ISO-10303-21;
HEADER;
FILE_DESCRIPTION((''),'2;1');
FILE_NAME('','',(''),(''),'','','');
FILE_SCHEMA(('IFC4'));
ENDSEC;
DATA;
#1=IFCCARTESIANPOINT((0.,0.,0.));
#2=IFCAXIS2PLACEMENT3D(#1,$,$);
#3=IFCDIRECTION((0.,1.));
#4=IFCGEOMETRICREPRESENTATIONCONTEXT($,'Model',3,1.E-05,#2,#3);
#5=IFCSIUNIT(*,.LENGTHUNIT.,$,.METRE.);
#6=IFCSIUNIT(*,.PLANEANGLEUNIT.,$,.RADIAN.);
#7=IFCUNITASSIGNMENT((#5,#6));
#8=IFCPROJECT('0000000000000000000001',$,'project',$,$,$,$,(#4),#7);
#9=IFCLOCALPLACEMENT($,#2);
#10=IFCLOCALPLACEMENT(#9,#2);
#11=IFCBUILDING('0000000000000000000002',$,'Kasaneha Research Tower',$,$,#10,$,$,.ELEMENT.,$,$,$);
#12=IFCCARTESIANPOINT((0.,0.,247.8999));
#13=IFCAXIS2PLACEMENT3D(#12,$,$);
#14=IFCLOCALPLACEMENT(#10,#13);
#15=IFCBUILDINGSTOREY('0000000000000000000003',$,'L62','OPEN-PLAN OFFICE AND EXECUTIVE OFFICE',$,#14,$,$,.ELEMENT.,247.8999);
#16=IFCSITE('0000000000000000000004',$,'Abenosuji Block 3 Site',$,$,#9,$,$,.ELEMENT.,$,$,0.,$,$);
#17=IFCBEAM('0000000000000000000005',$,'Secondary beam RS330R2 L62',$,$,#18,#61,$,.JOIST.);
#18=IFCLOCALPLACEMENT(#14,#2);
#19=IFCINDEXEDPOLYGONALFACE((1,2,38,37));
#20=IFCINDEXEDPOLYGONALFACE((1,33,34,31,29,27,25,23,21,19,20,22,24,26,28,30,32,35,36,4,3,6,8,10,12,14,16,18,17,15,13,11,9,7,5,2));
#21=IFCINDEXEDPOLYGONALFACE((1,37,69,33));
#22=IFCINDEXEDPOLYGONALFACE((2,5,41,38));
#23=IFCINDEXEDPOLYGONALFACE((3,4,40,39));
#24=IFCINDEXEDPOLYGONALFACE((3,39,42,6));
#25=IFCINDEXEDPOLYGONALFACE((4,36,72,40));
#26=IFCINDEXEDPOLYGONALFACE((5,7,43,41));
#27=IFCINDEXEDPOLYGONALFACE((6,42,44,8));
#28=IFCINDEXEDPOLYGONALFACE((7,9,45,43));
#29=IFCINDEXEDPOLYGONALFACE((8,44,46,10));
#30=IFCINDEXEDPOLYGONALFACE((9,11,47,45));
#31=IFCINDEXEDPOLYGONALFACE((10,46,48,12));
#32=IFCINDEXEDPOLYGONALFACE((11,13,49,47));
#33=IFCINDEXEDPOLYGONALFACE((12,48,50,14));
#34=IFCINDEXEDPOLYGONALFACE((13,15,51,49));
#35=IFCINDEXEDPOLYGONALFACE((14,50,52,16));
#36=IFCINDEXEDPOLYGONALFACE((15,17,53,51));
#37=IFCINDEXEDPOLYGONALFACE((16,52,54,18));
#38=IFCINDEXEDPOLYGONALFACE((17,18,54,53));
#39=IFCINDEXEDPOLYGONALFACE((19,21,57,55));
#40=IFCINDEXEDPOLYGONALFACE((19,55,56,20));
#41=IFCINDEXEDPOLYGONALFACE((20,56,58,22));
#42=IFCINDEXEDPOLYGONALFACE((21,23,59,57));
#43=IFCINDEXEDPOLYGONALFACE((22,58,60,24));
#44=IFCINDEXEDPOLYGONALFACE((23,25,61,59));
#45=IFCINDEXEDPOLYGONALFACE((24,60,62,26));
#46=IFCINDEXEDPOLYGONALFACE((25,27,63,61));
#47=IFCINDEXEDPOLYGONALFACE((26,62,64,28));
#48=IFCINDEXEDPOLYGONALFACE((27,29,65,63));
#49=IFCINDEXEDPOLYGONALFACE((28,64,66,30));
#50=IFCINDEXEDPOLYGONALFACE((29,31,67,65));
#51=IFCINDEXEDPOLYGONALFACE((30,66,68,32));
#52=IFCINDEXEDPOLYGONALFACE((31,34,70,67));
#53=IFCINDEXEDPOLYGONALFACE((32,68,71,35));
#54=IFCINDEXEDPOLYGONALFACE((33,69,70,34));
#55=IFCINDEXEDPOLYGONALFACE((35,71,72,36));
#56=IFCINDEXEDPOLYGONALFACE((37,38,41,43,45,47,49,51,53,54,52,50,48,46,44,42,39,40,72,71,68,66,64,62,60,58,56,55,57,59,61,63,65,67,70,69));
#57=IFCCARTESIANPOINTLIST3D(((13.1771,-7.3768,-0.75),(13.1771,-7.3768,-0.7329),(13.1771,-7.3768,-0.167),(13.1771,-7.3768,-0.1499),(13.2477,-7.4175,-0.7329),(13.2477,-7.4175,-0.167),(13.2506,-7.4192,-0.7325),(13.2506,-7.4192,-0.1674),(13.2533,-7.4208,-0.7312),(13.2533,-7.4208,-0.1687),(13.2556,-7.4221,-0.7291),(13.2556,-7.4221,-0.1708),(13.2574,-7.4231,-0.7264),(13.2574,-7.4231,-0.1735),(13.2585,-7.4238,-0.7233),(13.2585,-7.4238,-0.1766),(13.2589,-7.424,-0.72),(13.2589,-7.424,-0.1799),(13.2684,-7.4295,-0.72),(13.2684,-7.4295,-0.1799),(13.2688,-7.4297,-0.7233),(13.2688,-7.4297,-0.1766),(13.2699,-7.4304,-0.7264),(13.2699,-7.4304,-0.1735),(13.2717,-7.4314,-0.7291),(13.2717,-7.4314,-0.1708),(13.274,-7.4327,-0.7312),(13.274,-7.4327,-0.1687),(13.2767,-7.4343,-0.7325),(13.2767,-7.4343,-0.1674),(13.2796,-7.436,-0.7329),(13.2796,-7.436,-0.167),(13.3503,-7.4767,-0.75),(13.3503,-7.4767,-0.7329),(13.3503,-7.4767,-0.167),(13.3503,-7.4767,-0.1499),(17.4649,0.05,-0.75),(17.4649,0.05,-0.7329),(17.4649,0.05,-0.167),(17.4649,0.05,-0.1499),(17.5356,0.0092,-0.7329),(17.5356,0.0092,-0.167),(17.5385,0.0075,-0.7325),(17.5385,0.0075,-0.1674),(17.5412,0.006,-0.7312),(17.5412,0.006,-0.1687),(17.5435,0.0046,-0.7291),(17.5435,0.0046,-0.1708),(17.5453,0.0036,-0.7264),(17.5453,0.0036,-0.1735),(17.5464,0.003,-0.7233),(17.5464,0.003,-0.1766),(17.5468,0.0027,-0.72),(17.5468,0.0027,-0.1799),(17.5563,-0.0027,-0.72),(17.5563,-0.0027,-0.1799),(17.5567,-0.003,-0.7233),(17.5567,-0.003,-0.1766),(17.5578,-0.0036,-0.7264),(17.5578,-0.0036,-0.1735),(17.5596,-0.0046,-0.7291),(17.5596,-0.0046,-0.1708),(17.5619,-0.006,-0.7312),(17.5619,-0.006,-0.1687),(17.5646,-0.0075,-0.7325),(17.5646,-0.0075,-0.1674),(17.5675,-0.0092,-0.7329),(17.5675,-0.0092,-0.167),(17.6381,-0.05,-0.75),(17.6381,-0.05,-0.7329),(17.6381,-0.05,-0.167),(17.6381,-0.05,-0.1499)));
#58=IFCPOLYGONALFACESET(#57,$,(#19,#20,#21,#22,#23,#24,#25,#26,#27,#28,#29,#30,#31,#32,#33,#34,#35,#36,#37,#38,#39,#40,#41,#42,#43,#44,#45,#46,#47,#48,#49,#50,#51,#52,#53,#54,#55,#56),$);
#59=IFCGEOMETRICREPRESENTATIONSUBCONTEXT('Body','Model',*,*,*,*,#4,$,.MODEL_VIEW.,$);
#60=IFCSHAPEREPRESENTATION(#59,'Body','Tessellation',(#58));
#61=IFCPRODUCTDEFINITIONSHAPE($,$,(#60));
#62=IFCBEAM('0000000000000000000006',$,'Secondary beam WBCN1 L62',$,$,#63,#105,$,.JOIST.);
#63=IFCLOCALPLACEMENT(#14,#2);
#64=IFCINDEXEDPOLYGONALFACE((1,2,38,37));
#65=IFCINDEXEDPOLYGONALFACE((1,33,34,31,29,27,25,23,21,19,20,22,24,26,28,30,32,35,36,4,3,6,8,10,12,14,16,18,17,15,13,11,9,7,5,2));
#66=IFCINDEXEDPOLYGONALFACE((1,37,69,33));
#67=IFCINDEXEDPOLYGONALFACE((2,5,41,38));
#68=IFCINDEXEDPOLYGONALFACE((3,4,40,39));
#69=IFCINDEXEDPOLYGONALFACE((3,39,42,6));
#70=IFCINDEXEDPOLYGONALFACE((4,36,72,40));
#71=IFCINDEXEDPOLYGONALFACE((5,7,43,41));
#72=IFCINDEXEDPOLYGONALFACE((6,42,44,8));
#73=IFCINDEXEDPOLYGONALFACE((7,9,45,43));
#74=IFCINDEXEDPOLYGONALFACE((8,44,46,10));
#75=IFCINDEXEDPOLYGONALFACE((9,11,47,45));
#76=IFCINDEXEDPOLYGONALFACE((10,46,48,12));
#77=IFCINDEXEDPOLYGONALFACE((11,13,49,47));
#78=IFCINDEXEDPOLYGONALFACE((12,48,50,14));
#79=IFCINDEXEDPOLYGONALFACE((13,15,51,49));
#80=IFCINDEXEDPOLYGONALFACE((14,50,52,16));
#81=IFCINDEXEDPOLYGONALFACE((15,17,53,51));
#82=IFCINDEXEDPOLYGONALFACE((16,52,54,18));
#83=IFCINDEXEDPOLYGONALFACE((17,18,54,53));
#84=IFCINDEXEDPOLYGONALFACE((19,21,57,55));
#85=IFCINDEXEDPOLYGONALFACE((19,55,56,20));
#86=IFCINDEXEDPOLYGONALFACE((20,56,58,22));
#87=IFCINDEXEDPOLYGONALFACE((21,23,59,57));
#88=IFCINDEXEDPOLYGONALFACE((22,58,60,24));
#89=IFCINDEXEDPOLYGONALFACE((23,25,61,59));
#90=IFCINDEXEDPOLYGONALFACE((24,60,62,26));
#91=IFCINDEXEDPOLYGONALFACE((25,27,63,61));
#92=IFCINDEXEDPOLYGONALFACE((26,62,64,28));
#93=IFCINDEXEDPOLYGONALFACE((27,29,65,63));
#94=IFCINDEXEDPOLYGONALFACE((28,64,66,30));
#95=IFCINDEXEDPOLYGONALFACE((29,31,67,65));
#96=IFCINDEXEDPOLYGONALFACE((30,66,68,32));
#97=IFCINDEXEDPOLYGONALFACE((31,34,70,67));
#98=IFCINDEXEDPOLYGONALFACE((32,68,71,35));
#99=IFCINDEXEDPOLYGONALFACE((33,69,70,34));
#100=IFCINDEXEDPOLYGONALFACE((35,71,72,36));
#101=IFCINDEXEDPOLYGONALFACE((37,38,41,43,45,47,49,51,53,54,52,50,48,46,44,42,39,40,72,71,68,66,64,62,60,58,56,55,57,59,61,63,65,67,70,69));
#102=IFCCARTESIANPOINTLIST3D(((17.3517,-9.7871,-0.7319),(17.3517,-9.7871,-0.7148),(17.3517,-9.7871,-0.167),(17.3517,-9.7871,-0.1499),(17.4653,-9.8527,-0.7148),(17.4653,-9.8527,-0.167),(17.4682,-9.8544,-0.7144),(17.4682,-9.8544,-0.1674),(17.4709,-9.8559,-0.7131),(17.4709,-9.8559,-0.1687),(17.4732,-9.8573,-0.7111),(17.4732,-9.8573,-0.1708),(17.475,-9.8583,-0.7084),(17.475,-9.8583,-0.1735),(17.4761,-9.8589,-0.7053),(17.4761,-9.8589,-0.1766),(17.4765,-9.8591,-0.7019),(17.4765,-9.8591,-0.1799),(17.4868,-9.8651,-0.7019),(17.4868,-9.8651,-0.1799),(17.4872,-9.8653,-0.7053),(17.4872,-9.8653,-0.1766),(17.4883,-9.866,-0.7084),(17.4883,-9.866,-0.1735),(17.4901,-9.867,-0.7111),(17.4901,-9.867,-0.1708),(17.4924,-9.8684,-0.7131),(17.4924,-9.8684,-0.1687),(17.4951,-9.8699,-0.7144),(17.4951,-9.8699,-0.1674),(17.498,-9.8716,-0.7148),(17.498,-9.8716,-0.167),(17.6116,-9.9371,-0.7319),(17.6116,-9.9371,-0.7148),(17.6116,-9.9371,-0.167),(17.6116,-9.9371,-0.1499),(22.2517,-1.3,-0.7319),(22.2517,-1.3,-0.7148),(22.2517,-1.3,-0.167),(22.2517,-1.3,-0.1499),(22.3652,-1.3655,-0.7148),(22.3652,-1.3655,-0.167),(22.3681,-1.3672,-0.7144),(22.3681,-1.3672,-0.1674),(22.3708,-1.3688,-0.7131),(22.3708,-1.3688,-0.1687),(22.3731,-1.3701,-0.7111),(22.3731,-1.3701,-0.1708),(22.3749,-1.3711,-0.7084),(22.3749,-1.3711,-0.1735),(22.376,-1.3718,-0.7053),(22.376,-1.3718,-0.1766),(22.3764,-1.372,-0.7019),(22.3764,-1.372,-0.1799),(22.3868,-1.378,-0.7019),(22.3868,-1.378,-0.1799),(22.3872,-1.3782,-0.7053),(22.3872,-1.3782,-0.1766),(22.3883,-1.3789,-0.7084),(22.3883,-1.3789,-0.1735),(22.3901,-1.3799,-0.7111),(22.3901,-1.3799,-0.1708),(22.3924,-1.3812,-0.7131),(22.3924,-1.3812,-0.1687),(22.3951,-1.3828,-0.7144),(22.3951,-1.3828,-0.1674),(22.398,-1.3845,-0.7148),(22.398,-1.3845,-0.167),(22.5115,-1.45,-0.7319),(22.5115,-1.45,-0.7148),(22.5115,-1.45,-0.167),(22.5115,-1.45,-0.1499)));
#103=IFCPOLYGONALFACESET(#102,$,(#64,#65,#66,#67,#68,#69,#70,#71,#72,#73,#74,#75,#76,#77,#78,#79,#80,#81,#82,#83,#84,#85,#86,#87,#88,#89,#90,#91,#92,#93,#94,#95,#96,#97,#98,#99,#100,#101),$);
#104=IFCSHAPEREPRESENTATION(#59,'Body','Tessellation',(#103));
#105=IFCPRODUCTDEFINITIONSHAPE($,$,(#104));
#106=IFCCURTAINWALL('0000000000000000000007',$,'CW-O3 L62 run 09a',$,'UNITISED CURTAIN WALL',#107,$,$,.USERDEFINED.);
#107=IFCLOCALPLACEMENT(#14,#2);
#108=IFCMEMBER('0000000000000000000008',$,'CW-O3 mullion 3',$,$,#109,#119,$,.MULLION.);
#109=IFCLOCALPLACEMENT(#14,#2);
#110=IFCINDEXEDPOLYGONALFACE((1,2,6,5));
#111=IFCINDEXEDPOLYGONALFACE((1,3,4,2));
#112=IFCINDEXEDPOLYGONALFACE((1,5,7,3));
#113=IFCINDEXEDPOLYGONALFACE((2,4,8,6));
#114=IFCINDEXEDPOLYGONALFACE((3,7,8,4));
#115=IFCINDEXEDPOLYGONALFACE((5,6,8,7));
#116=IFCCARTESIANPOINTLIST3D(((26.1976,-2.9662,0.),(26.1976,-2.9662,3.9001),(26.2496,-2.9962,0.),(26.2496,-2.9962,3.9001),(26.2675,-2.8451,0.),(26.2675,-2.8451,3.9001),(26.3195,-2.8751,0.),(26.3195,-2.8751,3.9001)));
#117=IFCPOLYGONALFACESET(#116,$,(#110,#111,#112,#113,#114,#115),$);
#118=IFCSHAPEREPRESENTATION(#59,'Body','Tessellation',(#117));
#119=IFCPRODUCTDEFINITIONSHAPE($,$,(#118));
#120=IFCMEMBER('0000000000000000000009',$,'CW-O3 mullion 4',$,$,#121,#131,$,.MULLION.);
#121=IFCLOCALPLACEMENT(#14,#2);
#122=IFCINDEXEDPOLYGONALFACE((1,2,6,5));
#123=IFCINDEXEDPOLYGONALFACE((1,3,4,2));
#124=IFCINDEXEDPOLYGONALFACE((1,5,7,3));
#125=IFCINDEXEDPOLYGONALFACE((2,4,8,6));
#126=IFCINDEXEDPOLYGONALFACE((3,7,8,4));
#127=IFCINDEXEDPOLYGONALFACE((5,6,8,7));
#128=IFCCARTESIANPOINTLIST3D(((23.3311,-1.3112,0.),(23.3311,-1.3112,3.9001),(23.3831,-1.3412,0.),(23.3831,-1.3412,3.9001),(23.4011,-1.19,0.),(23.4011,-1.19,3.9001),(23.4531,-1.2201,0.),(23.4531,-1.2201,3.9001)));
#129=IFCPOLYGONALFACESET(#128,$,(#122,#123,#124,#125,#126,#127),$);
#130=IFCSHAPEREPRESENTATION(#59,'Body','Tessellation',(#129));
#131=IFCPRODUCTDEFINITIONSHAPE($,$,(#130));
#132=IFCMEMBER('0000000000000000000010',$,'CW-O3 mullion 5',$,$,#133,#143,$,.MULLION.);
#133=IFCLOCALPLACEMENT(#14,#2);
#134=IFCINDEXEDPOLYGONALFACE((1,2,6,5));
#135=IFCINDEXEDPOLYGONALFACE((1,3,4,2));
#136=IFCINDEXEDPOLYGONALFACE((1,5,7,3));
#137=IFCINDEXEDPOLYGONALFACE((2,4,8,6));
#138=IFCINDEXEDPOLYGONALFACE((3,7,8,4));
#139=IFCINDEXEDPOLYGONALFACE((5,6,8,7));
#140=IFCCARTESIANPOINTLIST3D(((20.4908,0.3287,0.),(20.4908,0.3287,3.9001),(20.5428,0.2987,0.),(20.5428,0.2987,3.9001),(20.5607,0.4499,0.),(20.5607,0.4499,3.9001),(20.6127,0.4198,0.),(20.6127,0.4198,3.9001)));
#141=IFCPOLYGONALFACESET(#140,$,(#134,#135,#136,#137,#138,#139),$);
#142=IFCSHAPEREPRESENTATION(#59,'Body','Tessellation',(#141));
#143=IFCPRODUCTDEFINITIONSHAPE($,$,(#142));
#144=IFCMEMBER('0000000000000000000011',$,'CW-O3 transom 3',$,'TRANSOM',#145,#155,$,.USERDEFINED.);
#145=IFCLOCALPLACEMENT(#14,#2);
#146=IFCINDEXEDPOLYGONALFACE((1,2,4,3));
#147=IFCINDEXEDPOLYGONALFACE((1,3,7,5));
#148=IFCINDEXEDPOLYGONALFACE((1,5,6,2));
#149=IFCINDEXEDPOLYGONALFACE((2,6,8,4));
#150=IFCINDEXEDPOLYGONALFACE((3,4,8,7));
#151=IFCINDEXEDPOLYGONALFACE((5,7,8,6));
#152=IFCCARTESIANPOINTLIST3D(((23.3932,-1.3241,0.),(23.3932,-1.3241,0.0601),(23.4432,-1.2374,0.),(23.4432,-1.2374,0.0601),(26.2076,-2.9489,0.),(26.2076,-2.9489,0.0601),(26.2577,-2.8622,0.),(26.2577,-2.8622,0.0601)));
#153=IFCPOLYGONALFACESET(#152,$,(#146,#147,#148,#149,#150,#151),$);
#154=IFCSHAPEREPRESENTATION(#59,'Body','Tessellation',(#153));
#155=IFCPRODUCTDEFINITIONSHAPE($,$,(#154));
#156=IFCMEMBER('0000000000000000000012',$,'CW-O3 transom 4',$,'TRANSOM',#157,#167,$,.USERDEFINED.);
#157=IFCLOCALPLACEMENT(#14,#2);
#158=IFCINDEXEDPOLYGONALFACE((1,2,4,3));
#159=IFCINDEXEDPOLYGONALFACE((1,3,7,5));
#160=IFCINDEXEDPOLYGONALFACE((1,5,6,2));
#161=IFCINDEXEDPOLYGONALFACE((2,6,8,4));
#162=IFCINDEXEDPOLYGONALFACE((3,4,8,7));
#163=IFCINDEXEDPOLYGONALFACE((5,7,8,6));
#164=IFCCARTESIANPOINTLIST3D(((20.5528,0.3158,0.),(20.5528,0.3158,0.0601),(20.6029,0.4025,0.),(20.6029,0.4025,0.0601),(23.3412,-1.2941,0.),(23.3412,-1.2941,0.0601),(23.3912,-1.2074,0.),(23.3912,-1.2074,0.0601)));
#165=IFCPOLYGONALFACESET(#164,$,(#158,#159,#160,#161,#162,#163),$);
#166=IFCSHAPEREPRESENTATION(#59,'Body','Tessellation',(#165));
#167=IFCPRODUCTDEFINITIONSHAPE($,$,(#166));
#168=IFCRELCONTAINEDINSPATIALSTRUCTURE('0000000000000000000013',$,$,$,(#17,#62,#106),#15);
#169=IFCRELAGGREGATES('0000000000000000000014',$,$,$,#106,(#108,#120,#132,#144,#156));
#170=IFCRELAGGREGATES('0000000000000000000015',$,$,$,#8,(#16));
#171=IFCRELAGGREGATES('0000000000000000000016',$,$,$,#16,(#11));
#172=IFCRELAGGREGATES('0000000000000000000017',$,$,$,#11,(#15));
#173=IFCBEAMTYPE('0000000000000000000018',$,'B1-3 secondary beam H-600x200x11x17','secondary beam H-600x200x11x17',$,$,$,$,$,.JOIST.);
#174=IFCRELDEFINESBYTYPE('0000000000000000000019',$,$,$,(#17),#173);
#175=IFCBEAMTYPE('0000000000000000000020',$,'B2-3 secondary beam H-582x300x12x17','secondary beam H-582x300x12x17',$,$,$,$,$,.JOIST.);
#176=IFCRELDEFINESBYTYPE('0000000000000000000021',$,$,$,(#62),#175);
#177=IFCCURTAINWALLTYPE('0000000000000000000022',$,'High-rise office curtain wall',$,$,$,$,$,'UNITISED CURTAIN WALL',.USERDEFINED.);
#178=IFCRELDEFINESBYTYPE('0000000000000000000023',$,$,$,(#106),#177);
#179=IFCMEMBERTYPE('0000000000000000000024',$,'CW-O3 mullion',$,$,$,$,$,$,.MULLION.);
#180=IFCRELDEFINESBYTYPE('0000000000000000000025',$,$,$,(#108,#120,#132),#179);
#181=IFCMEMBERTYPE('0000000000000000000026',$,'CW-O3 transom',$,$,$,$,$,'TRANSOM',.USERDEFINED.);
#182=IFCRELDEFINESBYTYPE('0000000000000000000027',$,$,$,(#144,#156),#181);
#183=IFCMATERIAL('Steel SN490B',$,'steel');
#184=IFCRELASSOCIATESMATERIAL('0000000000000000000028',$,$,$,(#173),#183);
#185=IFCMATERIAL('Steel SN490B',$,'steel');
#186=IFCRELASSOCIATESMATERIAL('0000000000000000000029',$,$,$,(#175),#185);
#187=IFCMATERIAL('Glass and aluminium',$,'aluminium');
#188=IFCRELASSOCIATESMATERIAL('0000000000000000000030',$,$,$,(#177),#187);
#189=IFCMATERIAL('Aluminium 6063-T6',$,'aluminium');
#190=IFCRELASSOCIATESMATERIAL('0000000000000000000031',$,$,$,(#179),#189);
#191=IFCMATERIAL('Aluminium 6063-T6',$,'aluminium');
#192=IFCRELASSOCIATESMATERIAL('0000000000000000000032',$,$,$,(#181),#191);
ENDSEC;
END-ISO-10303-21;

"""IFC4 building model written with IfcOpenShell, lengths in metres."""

from ifc_helpers import new_model, si_unit, direction, frame, origin, origin_2d, place, context, subcontext, project, spatial, rectangle, i_section, extrude, material, material_profile, profile_set, type_object, element, aggregate, save


model = new_model("IFC4")

# Units and contexts
model_context = context("Model", 3, precision=1e-05, world=origin(), true_north=direction((0.0, 1.0)))
body_context = subcontext(model_context, "Body", "Model", "MODEL_VIEW")
ifc_project = project(units=[si_unit("LENGTHUNIT", "METRE"), si_unit("PLANEANGLEUNIT", "RADIAN")], contexts=[model_context])

# Site, building, storey
site_placement = place(None, origin())
site = spatial("IfcSite", under=ifc_project, at=site_placement, Name="Abenosuji Block 3 Site", CompositionType="ELEMENT", RefElevation=0.0)
building_placement = place(site_placement, origin())
building = spatial("IfcBuilding", under=site, at=building_placement, Name="Kasaneha Research Tower", CompositionType="ELEMENT")
storey_placement = place(building_placement, frame((0.0, 0.0, 247.8999)))
storey = spatial("IfcBuildingStorey", under=building, at=storey_placement, Name="L62", Description="OPEN-PLAN OFFICE AND EXECUTIVE OFFICE", CompositionType="ELEMENT", Elevation=247.8999)

# Beams
ifc_material_1 = material(Name="Steel SN490B", Category="steel")
ifc_material_profile_1 = material_profile(ifc_material_1, i_section(OverallWidth=0.2, OverallDepth=0.6001, WebThickness=0.011, FlangeThickness=0.0171, FilletRadius=0.0129, at=origin_2d()), Name="H-600x200x11x17")
ifc_profile_set_1 = profile_set([ifc_material_profile_1], Name="Steel SN490B")
beam_type_1 = type_object("IfcBeamType", Name="B1-3 secondary beam H-600x200x11x17", Description="secondary beam H-600x200x11x17", PredefinedType="JOIST", material=ifc_profile_set_1)
beam_1_placement = place(storey_placement, frame((17.5515, 0.0, -0.45), z_axis=(-0.5, -0.866025, 0.0), x_axis=(0.866025, -0.5, 0.0)))
element("IfcBeam", 1, at=beam_1_placement, inside=storey, type_object=beam_type_1, Name="Secondary beam RS330R2 L62", PredefinedType="JOIST", context=body_context, shape_type="SweptSolid", body=[
    extrude(i_section(OverallWidth=0.2, OverallDepth=0.6001, WebThickness=0.011, FlangeThickness=0.0171, FilletRadius=0.0129, at=origin_2d()), origin(), (0.0, 0.0, 1.0), 8.5757),
])
ifc_material_2 = material(Name="Steel SN490B", Category="steel")
ifc_material_profile_2 = material_profile(ifc_material_2, i_section(OverallWidth=0.3, OverallDepth=0.582, WebThickness=0.012, FlangeThickness=0.0171, FilletRadius=0.0129, at=origin_2d()), Name="H-582x300x12x17")
ifc_profile_set_2 = profile_set([ifc_material_profile_2], Name="Steel SN490B")
beam_type_2 = type_object("IfcBeamType", Name="B2-3 secondary beam H-582x300x12x17", Description="secondary beam H-582x300x12x17", PredefinedType="JOIST", material=ifc_profile_set_2)
beam_2_placement = place(storey_placement, frame((22.3816, -1.375, -0.4409), z_axis=(-0.499992, -0.86603, 0.0), x_axis=(0.86603, -0.499992, 0.0)))
element("IfcBeam", 2, at=beam_2_placement, inside=storey, type_object=beam_type_2, Name="Secondary beam WBCN1 L62", PredefinedType="JOIST", context=body_context, shape_type="SweptSolid", body=[
    extrude(i_section(OverallWidth=0.3, OverallDepth=0.582, WebThickness=0.012, FlangeThickness=0.0171, FilletRadius=0.0129, at=origin_2d()), origin(), (0.0, 0.0, 1.0), 9.8),
])

# Curtain wall, members
ifc_material_3 = material(Name="Glass and aluminium", Category="aluminium")
curtain_wall_type = type_object("IfcCurtainWallType", Name="High-rise office curtain wall", ElementType="UNITISED CURTAIN WALL", PredefinedType="USERDEFINED", material=ifc_material_3)
curtain_wall_placement = place(storey_placement, origin())
curtain_wall = element("IfcCurtainWall", 3, at=curtain_wall_placement, inside=storey, type_object=curtain_wall_type, Name="CW-O3 L62 run 09a", ObjectType="UNITISED CURTAIN WALL", PredefinedType="USERDEFINED")
ifc_material_4 = material(Name="Aluminium 6063-T6", Category="aluminium")
ifc_material_profile_3 = material_profile(ifc_material_4, rectangle(XDim=0.0601, YDim=0.1399, at=origin_2d()), Name="CW-O3 mullion 60x140")
ifc_profile_set_3 = profile_set([ifc_material_profile_3], Name="Aluminium 6063-T6")
member_type_1 = type_object("IfcMemberType", Name="CW-O3 mullion", PredefinedType="MULLION", material=ifc_profile_set_3)
member_1_placement = place(storey_placement, frame((26.2585, -2.9207, 0.0), z_axis=(0.0, 0.0, 1.0), x_axis=(-0.866025, 0.5, 0.0)))
member_1 = element("IfcMember", 4, at=member_1_placement, type_object=member_type_1, Name="CW-O3 mullion 3", PredefinedType="MULLION", context=body_context, shape_type="SweptSolid", body=[
    extrude(rectangle(XDim=0.0601, YDim=0.1399, at=origin_2d()), origin(), (0.0, 0.0, 1.0), 3.9001),
])
member_2_placement = place(storey_placement, frame((23.3921, -1.2656, 0.0), z_axis=(0.0, 0.0, 1.0), x_axis=(-0.866025, 0.5, 0.0)))
member_2 = element("IfcMember", 5, at=member_2_placement, type_object=member_type_1, Name="CW-O3 mullion 4", PredefinedType="MULLION", context=body_context, shape_type="SweptSolid", body=[
    extrude(rectangle(XDim=0.0601, YDim=0.1399, at=origin_2d()), origin(), (0.0, 0.0, 1.0), 3.9001),
])
member_3_placement = place(storey_placement, frame((20.5518, 0.3743, 0.0), z_axis=(0.0, 0.0, 1.0), x_axis=(-0.866025, 0.5, 0.0)))
member_3 = element("IfcMember", 6, at=member_3_placement, type_object=member_type_1, Name="CW-O3 mullion 5", PredefinedType="MULLION", context=body_context, shape_type="SweptSolid", body=[
    extrude(rectangle(XDim=0.0601, YDim=0.1399, at=origin_2d()), origin(), (0.0, 0.0, 1.0), 3.9001),
])
ifc_material_5 = material(Name="Aluminium 6063-T6", Category="aluminium")
ifc_material_profile_4 = material_profile(ifc_material_5, rectangle(XDim=0.1001, YDim=0.0601, at=origin_2d()), Name="CW-O3 transom 100x60")
ifc_profile_set_4 = profile_set([ifc_material_profile_4], Name="Aluminium 6063-T6")
member_type_2 = type_object("IfcMemberType", Name="CW-O3 transom", ElementType="TRANSOM", PredefinedType="USERDEFINED", material=ifc_profile_set_4)
member_4_placement = place(storey_placement, frame((26.2327, -2.9055, 0.03), z_axis=(-0.866048, 0.499961, 0.0), x_axis=(-0.499961, -0.866048, 0.0)))
member_4 = element("IfcMember", 7, at=member_4_placement, type_object=member_type_2, Name="CW-O3 transom 3", ObjectType="TRANSOM", PredefinedType="USERDEFINED", context=body_context, shape_type="SweptSolid", body=[
    extrude(rectangle(XDim=0.1001, YDim=0.0601, at=origin_2d()), origin(), (0.0, 0.0, 1.0), 3.2498),
])
member_5_placement = place(storey_placement, frame((23.3662, -1.2507, 0.03), z_axis=(-0.866023, 0.500005, 0.0), x_axis=(-0.500005, -0.866023, 0.0)))
member_5 = element("IfcMember", 8, at=member_5_placement, type_object=member_type_2, Name="CW-O3 transom 4", ObjectType="TRANSOM", PredefinedType="USERDEFINED", context=body_context, shape_type="SweptSolid", body=[
    extrude(rectangle(XDim=0.1001, YDim=0.0601, at=origin_2d()), origin(), (0.0, 0.0, 1.0), 3.2197),
])

aggregate(curtain_wall, [member_1, member_2, member_3, member_4, member_5])

save(model, "model.ifc")
